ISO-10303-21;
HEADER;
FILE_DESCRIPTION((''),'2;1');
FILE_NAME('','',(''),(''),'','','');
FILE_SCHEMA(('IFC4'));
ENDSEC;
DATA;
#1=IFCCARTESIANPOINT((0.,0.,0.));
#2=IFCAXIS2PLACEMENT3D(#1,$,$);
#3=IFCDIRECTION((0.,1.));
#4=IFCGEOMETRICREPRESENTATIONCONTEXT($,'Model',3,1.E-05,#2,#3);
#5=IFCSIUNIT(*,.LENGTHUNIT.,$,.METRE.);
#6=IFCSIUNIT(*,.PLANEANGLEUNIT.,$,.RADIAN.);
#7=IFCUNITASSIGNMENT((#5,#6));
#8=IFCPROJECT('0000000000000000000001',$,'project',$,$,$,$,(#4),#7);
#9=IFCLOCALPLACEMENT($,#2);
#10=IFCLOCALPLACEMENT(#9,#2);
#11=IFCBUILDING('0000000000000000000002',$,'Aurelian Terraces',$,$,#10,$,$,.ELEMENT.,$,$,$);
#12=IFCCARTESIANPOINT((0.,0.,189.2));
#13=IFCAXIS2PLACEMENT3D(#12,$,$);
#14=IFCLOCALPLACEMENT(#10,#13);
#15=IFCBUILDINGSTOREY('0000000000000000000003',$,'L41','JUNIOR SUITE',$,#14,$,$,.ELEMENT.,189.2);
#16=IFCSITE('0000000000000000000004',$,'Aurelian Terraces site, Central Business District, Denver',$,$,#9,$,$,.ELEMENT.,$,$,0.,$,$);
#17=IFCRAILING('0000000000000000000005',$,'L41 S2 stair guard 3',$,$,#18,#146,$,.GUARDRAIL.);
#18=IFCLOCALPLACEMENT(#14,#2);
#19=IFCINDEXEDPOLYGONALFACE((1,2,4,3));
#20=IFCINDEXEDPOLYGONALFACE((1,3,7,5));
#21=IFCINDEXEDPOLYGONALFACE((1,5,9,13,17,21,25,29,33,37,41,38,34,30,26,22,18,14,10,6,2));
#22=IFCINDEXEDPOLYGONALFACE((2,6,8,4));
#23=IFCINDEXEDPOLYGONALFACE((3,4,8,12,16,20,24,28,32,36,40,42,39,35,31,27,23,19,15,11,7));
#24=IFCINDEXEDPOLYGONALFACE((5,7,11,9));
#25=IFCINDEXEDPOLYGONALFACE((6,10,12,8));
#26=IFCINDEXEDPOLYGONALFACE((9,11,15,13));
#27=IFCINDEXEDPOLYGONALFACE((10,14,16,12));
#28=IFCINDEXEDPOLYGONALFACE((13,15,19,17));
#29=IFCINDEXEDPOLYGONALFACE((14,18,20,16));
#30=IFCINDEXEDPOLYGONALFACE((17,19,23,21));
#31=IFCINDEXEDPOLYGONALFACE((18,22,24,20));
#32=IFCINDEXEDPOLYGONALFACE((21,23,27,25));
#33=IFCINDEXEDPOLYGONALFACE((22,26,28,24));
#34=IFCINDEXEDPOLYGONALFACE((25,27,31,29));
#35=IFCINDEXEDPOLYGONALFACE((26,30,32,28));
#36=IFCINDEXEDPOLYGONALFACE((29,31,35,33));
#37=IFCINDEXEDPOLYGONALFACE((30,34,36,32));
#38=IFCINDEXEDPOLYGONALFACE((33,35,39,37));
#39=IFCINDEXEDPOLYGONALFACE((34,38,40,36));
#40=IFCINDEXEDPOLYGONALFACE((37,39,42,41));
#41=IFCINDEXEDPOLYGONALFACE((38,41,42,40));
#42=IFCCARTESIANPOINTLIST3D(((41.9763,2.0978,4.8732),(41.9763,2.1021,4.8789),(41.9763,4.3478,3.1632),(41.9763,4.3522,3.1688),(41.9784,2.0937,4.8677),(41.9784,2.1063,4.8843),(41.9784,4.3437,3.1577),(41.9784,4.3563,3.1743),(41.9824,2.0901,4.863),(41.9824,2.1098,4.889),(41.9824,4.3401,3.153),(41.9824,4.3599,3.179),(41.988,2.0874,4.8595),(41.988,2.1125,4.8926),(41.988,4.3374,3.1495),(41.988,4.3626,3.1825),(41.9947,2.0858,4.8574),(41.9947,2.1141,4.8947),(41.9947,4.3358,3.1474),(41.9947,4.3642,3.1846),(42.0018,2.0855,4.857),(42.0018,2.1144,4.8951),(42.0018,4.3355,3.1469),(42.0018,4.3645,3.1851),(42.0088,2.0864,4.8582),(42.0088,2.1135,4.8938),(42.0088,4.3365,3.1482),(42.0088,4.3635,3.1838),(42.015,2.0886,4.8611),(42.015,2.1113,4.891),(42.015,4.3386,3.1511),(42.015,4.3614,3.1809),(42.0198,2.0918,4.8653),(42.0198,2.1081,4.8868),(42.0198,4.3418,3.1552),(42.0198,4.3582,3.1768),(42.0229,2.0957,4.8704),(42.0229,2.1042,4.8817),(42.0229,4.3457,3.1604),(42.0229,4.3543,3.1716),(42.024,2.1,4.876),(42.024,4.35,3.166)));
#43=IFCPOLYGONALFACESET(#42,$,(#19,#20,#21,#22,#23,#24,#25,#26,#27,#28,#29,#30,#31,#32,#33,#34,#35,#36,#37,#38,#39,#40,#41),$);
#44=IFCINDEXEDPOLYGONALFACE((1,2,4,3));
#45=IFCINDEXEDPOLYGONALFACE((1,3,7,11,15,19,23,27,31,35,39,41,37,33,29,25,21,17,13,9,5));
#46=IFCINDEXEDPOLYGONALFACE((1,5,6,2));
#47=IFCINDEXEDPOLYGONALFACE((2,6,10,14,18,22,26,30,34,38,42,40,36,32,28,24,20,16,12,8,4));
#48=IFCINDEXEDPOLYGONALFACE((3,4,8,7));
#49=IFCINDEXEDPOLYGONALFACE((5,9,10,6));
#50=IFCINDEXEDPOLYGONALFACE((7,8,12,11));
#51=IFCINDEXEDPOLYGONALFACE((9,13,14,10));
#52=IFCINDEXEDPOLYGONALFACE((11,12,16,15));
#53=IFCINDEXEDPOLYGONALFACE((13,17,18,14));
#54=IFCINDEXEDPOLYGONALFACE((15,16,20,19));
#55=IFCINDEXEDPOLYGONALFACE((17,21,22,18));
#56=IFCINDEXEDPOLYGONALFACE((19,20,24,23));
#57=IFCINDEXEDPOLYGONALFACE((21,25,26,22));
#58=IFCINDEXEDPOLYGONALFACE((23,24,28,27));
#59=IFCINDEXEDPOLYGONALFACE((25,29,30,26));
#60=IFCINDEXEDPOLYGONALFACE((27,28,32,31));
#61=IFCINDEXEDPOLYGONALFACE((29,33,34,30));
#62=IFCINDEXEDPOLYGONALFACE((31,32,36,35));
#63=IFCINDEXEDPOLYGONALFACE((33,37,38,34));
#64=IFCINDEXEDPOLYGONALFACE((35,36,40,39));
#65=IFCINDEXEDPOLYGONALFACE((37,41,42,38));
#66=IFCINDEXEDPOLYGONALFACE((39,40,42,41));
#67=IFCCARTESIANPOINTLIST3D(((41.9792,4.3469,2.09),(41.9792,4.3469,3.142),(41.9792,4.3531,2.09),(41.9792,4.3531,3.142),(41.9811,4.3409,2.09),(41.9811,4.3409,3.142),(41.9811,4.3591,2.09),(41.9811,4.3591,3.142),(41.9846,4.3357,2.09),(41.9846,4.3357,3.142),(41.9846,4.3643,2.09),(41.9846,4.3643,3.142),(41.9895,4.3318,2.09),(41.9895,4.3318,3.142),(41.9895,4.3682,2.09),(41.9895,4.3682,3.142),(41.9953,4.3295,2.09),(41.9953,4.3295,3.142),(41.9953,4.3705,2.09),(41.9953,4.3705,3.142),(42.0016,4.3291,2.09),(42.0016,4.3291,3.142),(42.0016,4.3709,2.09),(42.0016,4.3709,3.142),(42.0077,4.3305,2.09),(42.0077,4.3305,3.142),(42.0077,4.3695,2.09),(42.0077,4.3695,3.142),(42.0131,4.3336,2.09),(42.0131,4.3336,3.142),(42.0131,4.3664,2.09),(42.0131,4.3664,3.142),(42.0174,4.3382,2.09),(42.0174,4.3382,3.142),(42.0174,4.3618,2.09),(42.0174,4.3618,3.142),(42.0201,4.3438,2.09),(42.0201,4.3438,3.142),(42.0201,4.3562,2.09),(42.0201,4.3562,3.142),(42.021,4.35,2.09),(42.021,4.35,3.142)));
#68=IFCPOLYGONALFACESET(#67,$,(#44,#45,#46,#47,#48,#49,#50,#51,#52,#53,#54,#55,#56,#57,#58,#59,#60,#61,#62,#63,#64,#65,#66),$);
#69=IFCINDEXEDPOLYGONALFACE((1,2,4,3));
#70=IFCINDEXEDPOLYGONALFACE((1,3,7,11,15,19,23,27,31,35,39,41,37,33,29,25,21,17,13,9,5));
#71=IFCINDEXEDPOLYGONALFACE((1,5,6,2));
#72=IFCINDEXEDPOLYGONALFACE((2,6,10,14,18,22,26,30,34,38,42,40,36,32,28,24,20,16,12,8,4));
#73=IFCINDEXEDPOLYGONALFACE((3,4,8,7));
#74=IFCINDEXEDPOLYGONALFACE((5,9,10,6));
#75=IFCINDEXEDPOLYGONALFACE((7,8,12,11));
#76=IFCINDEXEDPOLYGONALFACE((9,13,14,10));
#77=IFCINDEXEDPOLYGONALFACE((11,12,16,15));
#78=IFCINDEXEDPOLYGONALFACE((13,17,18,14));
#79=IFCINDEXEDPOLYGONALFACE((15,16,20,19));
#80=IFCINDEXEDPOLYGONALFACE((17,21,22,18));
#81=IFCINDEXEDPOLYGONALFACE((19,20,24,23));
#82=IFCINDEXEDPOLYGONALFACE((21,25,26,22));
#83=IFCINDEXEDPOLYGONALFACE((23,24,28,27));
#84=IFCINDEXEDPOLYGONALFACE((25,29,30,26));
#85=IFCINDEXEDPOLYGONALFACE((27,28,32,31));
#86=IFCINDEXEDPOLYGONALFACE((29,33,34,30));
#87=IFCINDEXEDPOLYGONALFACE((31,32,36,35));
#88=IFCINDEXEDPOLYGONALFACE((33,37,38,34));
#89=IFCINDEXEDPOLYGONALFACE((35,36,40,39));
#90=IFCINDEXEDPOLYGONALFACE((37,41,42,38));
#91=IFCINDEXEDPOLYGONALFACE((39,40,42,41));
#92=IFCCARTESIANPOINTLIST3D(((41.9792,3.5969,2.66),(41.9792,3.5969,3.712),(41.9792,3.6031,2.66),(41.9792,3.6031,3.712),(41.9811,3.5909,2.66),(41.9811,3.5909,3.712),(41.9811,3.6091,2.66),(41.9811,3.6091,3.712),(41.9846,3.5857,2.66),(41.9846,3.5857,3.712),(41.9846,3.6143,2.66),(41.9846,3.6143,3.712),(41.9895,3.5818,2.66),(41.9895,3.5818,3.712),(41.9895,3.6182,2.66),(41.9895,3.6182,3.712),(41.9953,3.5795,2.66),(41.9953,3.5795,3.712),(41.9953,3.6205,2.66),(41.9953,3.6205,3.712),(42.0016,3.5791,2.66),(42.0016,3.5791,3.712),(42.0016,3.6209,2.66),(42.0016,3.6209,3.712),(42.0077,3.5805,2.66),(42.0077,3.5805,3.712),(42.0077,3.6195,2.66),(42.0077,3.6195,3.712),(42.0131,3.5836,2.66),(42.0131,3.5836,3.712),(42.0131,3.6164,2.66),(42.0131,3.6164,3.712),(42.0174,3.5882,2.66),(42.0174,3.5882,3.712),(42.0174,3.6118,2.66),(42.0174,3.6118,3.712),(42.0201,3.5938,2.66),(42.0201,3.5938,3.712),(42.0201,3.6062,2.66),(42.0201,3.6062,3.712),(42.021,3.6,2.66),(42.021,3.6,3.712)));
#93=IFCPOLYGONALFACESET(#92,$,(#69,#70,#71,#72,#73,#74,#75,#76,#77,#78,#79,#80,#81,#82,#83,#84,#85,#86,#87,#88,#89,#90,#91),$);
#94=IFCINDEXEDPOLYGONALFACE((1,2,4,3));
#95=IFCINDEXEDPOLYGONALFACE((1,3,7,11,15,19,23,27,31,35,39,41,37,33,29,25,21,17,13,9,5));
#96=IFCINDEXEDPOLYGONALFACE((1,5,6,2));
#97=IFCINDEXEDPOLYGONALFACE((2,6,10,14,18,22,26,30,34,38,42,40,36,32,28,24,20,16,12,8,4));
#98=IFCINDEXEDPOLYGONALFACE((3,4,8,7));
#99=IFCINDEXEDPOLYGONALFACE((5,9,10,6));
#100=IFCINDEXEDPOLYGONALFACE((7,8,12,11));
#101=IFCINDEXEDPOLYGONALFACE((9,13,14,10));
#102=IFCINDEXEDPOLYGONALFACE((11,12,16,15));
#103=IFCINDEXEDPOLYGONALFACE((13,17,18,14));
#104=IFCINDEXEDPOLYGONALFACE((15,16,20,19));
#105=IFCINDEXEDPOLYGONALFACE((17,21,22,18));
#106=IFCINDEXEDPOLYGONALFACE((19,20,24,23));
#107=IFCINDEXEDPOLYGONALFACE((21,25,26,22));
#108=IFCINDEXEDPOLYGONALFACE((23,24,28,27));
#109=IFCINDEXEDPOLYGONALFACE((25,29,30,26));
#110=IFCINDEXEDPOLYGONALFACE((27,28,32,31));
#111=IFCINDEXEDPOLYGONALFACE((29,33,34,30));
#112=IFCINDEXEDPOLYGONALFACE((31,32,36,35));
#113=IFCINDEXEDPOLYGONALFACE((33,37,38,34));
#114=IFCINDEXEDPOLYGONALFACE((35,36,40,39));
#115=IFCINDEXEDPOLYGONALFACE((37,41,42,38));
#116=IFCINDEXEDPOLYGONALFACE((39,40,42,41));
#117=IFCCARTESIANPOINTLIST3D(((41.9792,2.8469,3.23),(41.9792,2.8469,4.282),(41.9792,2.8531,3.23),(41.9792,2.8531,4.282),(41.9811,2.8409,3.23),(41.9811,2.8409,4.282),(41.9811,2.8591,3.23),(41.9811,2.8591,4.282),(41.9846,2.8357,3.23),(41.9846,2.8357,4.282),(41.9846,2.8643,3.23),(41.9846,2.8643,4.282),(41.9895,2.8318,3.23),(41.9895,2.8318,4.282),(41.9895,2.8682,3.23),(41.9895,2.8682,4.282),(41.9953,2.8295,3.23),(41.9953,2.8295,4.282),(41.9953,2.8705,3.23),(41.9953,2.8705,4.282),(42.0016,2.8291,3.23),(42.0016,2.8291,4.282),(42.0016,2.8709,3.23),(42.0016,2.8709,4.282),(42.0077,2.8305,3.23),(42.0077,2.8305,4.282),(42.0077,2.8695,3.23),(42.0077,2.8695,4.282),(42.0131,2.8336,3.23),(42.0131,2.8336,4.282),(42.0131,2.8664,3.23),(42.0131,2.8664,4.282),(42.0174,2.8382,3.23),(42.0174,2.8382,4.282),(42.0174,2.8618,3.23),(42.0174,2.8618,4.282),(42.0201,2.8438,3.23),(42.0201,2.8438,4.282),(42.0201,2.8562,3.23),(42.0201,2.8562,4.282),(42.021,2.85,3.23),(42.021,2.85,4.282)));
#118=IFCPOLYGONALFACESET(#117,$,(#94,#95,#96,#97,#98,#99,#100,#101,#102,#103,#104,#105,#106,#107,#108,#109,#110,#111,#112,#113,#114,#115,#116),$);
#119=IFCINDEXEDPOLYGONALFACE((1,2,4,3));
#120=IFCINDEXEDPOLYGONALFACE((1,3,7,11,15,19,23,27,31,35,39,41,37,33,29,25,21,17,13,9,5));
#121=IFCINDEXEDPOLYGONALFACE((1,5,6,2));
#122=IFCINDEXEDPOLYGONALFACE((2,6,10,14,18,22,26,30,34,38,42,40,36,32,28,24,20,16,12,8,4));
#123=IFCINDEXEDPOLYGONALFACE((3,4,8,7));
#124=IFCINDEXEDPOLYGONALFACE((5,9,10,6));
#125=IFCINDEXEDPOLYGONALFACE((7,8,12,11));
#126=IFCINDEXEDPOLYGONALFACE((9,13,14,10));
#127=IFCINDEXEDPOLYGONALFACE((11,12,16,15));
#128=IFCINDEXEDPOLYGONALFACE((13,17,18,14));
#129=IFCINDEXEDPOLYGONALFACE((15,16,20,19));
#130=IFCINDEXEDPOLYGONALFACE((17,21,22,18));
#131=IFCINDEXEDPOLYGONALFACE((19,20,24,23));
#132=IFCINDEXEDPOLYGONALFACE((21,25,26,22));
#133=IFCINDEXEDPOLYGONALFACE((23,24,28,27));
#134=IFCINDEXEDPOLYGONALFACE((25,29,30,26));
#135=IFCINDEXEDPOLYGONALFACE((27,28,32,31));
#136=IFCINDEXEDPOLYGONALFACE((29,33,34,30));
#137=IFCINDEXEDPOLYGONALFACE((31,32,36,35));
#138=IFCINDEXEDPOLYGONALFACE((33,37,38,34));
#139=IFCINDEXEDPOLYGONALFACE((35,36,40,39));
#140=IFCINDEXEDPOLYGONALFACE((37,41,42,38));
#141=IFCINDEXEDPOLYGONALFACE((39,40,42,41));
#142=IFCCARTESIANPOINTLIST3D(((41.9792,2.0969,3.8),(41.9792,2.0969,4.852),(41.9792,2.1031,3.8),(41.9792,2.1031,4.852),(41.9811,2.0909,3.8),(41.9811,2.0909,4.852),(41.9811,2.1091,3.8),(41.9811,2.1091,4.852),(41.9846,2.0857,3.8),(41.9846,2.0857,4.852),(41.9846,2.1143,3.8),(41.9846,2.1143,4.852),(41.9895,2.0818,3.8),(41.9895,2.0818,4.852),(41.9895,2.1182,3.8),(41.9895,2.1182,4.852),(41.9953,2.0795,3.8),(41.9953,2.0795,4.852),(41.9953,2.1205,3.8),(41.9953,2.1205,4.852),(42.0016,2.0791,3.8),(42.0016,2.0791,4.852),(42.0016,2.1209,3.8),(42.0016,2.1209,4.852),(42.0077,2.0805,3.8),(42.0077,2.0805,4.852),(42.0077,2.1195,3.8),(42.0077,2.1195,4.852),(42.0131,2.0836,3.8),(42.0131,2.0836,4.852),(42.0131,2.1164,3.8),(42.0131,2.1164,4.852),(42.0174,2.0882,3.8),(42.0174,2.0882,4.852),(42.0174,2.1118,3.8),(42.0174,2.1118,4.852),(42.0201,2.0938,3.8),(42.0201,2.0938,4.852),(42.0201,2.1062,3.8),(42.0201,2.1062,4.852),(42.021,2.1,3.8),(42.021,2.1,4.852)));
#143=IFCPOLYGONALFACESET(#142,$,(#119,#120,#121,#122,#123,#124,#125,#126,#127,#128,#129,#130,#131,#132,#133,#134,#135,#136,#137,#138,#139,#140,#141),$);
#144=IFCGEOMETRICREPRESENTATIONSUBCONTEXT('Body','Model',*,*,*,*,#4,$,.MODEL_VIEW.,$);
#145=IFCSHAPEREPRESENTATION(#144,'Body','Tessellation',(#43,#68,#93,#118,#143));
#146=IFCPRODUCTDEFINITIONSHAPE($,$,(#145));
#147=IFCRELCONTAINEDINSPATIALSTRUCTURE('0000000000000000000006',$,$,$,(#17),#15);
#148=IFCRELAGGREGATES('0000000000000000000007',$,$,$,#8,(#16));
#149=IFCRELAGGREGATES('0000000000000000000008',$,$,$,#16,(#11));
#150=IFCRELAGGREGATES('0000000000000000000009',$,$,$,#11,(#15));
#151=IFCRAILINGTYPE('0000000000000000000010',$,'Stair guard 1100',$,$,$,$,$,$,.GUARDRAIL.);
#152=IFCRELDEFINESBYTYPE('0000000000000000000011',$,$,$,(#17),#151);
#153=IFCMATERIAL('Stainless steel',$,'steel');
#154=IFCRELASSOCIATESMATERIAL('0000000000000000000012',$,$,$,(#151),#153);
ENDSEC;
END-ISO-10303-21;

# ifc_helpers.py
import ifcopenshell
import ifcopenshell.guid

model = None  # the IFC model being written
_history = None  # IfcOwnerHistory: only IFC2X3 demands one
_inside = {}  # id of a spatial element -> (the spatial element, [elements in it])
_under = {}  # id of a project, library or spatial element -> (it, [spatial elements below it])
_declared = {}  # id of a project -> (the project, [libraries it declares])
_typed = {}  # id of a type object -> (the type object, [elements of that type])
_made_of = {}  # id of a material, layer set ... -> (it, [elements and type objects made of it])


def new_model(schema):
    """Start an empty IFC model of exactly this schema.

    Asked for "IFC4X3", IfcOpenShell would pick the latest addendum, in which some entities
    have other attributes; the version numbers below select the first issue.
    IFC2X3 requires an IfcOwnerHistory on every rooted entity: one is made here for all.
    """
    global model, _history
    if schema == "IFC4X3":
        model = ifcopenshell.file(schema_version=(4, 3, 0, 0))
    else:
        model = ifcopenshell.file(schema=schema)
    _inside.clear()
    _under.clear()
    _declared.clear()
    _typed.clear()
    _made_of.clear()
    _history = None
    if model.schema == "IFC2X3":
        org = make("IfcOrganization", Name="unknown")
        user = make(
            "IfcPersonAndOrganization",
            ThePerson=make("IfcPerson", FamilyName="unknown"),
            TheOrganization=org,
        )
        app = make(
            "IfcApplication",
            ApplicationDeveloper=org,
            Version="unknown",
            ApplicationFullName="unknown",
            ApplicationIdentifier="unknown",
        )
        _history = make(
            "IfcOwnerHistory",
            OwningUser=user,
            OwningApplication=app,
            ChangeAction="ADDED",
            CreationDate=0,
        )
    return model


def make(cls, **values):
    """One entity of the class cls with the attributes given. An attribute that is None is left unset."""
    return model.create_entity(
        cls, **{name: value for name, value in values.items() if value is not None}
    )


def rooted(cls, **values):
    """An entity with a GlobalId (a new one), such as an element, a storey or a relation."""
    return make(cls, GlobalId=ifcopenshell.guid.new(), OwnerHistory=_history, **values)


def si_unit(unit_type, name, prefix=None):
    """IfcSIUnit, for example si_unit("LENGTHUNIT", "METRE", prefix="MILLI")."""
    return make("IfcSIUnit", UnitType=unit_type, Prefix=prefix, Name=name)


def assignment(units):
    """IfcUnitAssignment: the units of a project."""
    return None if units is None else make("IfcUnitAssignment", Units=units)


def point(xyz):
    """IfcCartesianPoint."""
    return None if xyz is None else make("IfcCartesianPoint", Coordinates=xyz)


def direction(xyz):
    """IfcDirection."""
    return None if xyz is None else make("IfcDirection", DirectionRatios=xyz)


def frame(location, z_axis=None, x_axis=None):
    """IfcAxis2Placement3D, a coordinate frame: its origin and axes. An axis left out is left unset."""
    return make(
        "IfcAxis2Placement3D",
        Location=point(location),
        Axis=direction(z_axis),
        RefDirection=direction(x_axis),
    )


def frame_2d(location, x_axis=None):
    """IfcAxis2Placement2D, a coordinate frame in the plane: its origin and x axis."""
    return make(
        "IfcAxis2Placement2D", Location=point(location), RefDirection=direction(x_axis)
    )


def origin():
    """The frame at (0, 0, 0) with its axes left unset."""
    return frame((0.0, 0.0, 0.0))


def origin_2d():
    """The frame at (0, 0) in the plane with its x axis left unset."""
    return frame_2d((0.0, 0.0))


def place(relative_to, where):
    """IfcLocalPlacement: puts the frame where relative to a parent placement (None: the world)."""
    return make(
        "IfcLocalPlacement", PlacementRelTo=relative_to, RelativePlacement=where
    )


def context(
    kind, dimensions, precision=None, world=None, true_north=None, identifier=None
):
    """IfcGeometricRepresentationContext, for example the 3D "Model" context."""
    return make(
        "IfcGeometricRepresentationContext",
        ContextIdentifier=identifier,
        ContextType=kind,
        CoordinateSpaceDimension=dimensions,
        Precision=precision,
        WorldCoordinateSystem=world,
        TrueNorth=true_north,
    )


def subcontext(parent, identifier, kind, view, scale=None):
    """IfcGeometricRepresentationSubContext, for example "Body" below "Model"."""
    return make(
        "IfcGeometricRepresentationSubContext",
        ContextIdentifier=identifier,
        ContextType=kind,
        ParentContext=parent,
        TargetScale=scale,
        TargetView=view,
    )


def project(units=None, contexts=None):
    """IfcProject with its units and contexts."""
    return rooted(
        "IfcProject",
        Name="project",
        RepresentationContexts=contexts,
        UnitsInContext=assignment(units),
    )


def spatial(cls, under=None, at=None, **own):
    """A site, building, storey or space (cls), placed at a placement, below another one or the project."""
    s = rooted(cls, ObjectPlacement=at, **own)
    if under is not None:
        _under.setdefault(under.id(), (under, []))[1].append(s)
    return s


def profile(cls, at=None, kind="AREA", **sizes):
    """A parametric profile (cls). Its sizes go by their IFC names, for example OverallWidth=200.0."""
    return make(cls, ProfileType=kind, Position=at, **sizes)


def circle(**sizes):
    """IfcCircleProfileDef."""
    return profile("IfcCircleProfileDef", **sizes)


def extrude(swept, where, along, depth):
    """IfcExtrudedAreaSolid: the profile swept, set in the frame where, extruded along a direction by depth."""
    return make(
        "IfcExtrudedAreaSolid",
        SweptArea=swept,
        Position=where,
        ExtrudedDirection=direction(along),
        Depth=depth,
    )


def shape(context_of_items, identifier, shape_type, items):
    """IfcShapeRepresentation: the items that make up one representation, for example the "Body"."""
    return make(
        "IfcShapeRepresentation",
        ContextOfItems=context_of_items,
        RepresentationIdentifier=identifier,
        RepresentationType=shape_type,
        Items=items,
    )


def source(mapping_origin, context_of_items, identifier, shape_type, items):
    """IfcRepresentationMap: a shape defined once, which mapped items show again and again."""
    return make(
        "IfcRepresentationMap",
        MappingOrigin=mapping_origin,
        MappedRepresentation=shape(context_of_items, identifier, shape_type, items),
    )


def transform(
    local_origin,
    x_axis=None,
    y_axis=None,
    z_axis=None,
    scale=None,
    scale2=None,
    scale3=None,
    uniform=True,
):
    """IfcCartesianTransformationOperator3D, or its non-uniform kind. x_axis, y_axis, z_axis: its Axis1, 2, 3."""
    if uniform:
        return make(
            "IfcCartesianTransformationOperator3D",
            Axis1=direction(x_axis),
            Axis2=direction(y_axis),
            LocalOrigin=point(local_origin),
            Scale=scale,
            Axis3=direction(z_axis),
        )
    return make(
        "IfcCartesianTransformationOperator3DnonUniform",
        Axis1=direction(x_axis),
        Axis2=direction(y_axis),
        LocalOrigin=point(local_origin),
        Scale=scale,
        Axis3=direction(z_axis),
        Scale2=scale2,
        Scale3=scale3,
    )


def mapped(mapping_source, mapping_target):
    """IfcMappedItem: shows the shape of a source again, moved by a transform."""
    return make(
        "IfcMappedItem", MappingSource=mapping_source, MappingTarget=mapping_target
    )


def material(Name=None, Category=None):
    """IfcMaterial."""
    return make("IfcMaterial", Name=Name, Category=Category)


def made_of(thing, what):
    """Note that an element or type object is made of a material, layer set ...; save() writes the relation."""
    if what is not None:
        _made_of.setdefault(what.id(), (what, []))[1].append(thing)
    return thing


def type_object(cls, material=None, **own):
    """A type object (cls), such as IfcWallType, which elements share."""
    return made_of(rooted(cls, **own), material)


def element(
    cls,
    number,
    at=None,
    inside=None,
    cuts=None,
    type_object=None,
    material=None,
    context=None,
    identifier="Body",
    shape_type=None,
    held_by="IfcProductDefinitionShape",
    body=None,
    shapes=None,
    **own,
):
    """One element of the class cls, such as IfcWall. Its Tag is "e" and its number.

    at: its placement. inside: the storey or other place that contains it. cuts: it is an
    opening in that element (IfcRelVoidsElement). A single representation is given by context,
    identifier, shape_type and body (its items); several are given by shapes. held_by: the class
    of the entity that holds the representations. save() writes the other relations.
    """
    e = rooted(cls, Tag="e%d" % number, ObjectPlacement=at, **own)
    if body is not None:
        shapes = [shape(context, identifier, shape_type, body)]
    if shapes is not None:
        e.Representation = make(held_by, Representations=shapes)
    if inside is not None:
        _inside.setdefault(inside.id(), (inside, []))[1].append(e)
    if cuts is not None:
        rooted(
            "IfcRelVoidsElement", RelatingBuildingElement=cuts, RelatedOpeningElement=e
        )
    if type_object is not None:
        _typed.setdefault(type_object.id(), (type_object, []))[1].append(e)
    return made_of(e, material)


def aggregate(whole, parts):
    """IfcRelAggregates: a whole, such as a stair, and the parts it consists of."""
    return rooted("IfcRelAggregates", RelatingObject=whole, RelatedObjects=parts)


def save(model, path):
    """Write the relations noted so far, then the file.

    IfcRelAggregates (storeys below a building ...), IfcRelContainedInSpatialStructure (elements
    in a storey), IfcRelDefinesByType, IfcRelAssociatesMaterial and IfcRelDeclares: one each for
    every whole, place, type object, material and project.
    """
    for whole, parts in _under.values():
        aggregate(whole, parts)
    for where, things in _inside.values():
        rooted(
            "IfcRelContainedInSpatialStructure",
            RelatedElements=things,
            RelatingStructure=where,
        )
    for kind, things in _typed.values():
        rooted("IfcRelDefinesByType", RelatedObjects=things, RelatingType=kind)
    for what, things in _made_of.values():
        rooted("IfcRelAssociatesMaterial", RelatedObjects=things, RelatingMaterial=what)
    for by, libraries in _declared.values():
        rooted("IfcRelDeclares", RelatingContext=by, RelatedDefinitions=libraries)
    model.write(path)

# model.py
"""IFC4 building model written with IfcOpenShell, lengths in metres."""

from ifc_helpers import new_model, si_unit, direction, frame, origin, origin_2d, place, context, subcontext, project, spatial, circle, extrude, source, transform, mapped, material, type_object, element, save


model = new_model("IFC4")

# Units and contexts
model_context = context("Model", 3, precision=1e-05, world=origin(), true_north=direction((0.0, 1.0)))
body_context = subcontext(model_context, "Body", "Model", "MODEL_VIEW")
ifc_project = project(units=[si_unit("LENGTHUNIT", "METRE"), si_unit("PLANEANGLEUNIT", "RADIAN")], contexts=[model_context])

# Site, building, storey
site_placement = place(None, origin())
site = spatial("IfcSite", under=ifc_project, at=site_placement, Name="Aurelian Terraces site, Central Business District, Denver", CompositionType="ELEMENT", RefElevation=0.0)
building_placement = place(site_placement, origin())
building = spatial("IfcBuilding", under=site, at=building_placement, Name="Aurelian Terraces", CompositionType="ELEMENT")
storey_placement = place(building_placement, frame((0.0, 0.0, 189.2)))
storey = spatial("IfcBuildingStorey", under=building, at=storey_placement, Name="L41", Description="JUNIOR SUITE", CompositionType="ELEMENT", Elevation=189.2)

# Railing
ifc_material_1 = material(Name="Stainless steel", Category="steel")
railing_type_1 = type_object("IfcRailingType", Name="Stair guard 1100", PredefinedType="GUARDRAIL", material=ifc_material_1)
shared_shape_1 = source(origin(), body_context, "Body", "SweptSolid", [
    extrude(circle(Radius=0.024, at=origin_2d()), frame((0.0, 0.0, 1.076), z_axis=(0.0, -0.796162, 0.605083), x_axis=(1.0, 0.0, 0.0)), (0.0, 0.0, 1.0), 2.8261),
    extrude(circle(Radius=0.021, at=origin_2d()), origin(), (0.0, 0.0, 1.0), 1.052),
    extrude(circle(Radius=0.021, at=origin_2d()), frame((0.0, -0.75, 0.57)), (0.0, 0.0, 1.0), 1.052),
    extrude(circle(Radius=0.021, at=origin_2d()), frame((0.0, -1.5, 1.14)), (0.0, 0.0, 1.0), 1.052),
    extrude(circle(Radius=0.021, at=origin_2d()), frame((0.0, -2.25, 1.71)), (0.0, 0.0, 1.0), 1.052),
])
railing_1_placement = place(storey_placement, frame((42.0, 4.35, 2.09)))
element("IfcRailing", 1, at=railing_1_placement, inside=storey, type_object=railing_type_1, Name="L41 S2 stair guard 3", PredefinedType="GUARDRAIL", context=body_context, shape_type="MappedRepresentation", body=[
    mapped(shared_shape_1, transform((0.0, 0.0, 0.0), scale=1.0)),
])

save(model, "model.ifc")
